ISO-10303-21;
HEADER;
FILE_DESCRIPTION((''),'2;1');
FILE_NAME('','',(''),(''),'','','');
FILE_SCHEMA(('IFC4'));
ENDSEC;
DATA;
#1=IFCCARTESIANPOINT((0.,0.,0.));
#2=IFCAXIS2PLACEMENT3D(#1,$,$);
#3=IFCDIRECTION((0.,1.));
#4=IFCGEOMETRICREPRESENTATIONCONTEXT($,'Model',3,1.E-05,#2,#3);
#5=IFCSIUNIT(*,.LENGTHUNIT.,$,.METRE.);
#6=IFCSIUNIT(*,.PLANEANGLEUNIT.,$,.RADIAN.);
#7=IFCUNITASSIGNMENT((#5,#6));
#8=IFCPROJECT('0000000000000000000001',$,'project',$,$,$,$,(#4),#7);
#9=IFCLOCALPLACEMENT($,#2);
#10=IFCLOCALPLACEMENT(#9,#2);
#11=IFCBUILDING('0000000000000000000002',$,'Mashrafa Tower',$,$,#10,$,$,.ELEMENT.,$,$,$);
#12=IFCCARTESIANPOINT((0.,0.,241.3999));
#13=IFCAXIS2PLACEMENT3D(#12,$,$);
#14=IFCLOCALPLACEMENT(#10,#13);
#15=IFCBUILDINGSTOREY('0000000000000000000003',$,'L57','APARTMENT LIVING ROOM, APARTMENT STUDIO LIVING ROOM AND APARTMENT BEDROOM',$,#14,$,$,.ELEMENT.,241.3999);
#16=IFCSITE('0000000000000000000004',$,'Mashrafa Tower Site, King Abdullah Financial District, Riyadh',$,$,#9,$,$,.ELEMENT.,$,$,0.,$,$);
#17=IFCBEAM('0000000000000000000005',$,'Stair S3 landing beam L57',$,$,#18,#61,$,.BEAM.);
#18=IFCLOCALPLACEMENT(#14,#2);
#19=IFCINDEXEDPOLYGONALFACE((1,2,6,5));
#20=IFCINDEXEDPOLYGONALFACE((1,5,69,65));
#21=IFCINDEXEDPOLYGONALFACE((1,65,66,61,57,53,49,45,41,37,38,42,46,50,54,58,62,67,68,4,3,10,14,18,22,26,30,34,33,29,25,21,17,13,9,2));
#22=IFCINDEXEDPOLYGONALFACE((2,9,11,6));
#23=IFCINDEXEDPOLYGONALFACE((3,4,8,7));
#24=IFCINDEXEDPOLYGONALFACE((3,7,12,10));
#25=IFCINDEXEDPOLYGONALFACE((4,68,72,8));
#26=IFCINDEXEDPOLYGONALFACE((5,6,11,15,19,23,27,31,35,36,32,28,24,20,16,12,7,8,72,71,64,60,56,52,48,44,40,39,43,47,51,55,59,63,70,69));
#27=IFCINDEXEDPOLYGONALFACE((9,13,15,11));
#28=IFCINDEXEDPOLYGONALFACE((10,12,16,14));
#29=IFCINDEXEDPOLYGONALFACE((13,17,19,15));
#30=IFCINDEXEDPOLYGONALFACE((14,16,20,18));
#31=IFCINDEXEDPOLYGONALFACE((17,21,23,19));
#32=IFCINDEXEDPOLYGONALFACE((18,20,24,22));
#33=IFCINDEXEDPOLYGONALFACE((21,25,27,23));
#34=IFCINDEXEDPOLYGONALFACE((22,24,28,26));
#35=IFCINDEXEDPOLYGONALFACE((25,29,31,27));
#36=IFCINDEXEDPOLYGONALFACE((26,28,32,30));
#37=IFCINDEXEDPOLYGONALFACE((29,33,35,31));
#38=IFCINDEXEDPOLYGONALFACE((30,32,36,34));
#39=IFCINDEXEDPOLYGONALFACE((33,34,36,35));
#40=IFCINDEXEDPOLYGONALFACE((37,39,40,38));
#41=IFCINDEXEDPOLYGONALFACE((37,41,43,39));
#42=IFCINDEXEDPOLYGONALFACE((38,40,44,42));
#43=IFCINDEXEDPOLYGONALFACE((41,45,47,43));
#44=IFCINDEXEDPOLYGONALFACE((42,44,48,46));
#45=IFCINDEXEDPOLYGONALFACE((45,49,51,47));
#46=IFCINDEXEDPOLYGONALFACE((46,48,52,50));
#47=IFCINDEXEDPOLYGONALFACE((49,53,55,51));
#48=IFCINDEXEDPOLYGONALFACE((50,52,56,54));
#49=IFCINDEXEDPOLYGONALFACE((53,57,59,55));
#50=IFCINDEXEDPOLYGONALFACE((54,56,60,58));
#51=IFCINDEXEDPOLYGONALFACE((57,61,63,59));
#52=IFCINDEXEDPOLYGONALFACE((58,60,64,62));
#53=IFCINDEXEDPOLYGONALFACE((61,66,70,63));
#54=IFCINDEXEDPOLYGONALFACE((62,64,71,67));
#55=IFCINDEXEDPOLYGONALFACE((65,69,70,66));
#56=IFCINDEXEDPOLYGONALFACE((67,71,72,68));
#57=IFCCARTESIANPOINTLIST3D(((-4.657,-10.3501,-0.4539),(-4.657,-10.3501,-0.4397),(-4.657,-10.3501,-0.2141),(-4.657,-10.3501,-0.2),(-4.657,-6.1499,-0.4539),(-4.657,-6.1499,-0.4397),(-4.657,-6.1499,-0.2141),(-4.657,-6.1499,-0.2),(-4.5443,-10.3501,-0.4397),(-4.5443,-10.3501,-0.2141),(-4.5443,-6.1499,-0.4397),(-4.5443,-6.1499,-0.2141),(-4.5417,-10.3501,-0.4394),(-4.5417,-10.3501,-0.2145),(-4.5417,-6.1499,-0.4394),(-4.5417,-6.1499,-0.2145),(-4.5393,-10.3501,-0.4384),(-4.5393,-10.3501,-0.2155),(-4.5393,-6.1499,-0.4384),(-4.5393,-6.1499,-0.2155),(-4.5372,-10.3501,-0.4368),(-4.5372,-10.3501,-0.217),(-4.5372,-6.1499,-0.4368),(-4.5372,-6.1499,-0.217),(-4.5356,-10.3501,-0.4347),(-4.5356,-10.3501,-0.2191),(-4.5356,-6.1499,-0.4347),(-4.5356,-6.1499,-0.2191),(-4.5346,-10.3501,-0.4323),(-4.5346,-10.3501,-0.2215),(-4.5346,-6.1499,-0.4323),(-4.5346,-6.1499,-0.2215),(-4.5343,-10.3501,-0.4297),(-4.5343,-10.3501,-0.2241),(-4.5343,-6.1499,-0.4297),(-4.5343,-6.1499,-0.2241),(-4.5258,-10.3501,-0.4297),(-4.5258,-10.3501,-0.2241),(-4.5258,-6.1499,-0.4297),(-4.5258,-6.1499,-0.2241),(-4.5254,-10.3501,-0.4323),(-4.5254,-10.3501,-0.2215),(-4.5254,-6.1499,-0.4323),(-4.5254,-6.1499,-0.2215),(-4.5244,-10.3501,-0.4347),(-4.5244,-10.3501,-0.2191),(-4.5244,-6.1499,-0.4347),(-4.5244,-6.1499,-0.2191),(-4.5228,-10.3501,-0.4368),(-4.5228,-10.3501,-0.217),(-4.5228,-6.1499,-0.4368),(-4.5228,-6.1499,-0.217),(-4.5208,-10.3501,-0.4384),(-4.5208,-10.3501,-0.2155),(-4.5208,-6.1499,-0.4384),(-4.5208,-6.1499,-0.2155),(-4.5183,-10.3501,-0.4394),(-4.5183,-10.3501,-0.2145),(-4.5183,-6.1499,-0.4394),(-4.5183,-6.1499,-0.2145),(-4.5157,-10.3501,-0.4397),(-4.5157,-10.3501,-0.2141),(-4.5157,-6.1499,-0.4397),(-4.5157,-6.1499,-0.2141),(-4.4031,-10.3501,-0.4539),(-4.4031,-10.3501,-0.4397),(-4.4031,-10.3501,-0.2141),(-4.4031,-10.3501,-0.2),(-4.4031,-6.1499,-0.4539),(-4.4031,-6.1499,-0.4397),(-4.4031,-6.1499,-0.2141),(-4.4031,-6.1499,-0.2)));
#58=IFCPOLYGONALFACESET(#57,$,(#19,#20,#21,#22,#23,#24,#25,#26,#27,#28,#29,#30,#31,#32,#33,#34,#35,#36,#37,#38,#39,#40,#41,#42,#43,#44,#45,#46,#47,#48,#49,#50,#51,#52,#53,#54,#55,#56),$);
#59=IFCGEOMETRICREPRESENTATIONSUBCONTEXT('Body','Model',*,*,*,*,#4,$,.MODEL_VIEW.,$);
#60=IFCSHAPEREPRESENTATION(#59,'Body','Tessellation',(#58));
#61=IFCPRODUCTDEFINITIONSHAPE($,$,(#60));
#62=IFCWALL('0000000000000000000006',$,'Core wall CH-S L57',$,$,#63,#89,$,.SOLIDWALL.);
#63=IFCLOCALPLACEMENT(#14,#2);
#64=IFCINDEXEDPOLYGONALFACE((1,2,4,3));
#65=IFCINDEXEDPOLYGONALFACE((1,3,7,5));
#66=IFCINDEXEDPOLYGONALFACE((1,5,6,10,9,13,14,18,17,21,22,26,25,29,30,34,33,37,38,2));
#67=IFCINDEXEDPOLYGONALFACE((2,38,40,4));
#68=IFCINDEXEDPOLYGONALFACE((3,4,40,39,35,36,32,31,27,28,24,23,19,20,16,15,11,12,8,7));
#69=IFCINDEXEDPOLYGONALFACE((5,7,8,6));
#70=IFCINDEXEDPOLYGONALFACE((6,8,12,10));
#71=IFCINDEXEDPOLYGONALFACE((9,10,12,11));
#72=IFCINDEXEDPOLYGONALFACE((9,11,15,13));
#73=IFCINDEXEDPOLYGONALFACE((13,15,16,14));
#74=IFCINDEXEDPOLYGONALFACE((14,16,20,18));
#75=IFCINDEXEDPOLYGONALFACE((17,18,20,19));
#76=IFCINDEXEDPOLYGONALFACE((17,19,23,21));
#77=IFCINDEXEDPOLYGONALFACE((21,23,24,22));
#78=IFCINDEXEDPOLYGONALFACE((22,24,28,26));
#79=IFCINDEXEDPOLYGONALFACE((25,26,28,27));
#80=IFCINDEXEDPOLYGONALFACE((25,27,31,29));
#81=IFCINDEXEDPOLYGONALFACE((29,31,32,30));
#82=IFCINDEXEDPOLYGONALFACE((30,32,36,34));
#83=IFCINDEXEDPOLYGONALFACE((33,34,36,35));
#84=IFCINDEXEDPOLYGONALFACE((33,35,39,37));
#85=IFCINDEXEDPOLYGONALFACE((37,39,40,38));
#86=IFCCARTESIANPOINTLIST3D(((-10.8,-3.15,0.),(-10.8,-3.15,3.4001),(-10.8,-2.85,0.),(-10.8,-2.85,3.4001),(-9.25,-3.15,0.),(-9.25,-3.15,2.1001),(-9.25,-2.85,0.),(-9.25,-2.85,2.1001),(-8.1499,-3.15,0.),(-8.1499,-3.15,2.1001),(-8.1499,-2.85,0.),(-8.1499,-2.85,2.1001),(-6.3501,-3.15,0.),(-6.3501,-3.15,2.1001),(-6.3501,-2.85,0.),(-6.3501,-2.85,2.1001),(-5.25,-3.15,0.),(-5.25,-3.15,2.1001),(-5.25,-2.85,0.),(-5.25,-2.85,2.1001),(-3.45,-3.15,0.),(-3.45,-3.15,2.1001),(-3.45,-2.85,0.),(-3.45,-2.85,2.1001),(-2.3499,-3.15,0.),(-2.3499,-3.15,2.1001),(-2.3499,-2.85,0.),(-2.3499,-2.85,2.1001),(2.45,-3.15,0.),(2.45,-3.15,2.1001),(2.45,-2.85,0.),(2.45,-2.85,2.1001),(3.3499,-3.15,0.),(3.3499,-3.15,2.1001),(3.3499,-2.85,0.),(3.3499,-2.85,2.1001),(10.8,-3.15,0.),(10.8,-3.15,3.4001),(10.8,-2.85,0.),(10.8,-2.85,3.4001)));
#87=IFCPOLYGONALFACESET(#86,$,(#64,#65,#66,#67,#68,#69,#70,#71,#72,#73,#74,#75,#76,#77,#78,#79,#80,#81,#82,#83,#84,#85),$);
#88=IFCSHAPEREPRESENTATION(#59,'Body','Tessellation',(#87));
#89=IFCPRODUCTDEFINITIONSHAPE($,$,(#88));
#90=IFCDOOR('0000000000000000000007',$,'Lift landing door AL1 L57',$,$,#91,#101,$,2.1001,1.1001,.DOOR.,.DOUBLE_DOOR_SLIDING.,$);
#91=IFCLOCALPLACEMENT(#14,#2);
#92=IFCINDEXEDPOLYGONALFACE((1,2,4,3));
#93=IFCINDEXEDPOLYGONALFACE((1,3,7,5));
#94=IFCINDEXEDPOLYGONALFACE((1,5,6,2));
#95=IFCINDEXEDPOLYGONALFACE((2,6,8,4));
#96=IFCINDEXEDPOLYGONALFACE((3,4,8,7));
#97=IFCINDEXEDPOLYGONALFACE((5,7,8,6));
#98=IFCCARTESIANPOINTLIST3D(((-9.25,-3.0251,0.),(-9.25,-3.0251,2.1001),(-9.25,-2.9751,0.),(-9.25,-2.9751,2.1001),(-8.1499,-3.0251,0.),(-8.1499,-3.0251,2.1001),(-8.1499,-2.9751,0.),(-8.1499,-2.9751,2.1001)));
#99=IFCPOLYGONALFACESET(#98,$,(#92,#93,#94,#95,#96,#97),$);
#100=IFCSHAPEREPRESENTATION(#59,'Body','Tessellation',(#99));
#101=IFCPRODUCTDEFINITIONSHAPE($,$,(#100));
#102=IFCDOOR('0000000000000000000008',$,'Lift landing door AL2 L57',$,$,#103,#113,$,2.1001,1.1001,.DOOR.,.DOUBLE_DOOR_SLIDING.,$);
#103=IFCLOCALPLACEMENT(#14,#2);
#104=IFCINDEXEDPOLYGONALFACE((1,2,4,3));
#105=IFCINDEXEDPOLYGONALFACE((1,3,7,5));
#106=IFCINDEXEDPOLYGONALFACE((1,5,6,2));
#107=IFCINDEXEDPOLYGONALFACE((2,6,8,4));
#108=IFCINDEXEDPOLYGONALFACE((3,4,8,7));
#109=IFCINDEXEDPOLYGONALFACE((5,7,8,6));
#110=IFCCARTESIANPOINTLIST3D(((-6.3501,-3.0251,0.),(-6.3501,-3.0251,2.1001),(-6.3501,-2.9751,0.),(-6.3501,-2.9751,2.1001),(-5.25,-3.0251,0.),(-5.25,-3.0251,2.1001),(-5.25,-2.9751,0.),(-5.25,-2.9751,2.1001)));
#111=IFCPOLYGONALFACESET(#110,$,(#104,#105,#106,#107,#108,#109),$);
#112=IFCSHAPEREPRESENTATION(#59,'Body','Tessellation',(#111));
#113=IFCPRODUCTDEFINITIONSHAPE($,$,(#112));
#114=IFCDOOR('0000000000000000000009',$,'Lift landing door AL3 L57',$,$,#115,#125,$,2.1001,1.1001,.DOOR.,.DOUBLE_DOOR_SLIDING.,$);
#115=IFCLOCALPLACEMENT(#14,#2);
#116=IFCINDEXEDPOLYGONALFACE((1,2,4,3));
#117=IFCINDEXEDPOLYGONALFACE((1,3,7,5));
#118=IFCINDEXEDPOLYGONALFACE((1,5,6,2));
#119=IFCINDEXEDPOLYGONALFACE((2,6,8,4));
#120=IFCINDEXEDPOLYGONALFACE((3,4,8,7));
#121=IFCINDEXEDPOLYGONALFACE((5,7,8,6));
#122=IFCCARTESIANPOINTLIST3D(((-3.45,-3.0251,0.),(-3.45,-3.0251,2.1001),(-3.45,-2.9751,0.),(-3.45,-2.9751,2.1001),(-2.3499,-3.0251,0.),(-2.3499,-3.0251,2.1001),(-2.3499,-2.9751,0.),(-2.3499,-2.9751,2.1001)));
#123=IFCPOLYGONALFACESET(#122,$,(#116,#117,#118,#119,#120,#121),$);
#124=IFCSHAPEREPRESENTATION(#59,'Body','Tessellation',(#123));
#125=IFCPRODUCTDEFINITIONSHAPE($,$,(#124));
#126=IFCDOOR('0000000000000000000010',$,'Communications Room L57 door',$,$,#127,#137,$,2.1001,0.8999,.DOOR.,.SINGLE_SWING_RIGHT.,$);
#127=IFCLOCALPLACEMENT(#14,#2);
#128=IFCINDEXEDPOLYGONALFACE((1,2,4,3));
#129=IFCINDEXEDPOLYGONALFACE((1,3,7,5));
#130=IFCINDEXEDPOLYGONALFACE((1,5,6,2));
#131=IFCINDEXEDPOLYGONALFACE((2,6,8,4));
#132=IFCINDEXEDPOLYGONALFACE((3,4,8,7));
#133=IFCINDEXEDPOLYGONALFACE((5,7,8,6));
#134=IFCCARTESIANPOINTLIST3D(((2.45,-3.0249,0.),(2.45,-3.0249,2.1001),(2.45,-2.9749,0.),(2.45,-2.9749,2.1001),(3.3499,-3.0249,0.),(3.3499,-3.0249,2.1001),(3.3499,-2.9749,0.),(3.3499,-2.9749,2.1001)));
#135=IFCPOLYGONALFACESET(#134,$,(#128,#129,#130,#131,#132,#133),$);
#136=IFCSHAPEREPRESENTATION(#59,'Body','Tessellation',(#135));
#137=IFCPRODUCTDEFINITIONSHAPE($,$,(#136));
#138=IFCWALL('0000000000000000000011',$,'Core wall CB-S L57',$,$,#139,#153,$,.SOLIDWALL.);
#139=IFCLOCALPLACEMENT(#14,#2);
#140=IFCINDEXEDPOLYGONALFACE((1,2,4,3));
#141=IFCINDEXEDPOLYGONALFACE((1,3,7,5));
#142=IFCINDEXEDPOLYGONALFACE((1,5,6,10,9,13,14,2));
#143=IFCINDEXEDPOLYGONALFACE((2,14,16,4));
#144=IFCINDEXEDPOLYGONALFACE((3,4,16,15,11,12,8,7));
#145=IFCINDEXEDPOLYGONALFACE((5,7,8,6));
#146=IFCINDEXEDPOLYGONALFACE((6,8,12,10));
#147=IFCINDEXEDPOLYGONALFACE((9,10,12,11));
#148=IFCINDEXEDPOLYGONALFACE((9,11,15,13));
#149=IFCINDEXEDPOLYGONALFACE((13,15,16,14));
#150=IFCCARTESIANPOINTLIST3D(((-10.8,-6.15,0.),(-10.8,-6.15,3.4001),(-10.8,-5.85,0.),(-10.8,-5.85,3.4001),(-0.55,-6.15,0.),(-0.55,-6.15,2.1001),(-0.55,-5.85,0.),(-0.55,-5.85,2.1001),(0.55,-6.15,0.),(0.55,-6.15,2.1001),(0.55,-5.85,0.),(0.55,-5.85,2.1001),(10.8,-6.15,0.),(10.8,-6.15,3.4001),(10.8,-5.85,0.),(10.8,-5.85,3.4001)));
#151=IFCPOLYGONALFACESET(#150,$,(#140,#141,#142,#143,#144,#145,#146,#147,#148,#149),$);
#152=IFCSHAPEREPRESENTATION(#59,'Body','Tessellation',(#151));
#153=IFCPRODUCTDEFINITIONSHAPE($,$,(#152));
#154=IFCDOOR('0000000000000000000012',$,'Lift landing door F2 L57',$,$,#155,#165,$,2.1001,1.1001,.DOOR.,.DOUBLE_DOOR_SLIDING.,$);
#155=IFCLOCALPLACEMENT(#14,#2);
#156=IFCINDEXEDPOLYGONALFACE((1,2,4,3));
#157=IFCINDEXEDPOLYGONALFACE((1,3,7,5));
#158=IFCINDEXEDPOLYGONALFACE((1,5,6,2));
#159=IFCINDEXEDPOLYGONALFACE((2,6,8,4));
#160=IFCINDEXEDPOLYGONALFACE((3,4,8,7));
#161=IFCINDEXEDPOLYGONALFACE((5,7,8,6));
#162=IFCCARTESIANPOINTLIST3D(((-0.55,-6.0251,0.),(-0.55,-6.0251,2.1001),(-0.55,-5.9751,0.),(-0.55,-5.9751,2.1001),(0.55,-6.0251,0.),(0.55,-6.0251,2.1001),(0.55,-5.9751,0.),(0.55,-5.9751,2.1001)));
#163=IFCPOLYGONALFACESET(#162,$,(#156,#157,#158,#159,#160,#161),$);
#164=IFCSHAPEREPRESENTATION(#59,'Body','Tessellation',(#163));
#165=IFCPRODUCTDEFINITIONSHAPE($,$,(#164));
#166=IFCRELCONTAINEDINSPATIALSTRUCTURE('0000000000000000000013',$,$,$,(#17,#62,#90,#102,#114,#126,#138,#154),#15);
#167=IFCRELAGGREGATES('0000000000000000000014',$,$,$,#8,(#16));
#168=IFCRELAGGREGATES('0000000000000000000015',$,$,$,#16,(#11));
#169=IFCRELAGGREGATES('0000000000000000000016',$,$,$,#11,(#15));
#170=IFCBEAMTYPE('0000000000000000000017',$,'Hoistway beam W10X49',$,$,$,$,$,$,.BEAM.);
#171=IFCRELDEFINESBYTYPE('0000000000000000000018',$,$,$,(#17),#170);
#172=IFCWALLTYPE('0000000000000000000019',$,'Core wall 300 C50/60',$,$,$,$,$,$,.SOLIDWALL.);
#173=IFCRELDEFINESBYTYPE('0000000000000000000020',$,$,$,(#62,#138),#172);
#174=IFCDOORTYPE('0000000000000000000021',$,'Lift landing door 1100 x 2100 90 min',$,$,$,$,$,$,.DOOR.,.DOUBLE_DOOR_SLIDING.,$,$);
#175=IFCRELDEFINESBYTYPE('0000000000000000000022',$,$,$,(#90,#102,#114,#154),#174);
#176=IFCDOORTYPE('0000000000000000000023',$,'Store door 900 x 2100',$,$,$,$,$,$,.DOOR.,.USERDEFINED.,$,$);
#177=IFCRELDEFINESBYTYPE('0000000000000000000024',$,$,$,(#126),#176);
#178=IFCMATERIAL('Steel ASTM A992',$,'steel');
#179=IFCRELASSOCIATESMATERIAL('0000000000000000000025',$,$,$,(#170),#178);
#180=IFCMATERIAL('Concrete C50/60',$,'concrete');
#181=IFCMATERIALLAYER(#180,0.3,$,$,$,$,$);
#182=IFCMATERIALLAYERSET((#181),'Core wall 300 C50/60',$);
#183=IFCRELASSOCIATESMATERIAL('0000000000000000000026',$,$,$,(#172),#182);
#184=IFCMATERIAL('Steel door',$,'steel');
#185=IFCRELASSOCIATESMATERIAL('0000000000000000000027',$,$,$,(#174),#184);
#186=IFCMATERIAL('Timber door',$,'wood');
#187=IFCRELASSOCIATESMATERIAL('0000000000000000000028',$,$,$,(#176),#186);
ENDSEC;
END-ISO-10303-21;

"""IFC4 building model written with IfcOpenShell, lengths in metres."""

from ifc_helpers import new_model, si_unit, direction, frame, frame_2d, origin, origin_2d, place, context, subcontext, project, spatial, rectangle, i_section, extrude, material, layer, layer_set, material_profile, profile_set, type_object, element, fill, save


model = new_model("IFC4")

# Units and contexts
model_context = context("Model", 3, precision=1e-05, world=origin(), true_north=direction((0.0, 1.0)))
body_context = subcontext(model_context, "Body", "Model", "MODEL_VIEW")
ifc_project = project(units=[si_unit("LENGTHUNIT", "METRE"), si_unit("PLANEANGLEUNIT", "RADIAN")], contexts=[model_context])

# Site, building, storey
site_placement = place(None, origin())
site = spatial("IfcSite", under=ifc_project, at=site_placement, Name="Mashrafa Tower Site, King Abdullah Financial District, Riyadh", CompositionType="ELEMENT", RefElevation=0.0)
building_placement = place(site_placement, origin())
building = spatial("IfcBuilding", under=site, at=building_placement, Name="Mashrafa Tower", CompositionType="ELEMENT")
storey_placement = place(building_placement, frame((0.0, 0.0, 241.3999)))
storey = spatial("IfcBuildingStorey", under=building, at=storey_placement, Name="L57", Description="APARTMENT LIVING ROOM, APARTMENT STUDIO LIVING ROOM AND APARTMENT BEDROOM", CompositionType="ELEMENT", Elevation=241.3999)

# Beam
ifc_material_1 = material(Name="Steel ASTM A992", Category="steel")
ifc_material_profile_1 = material_profile(ifc_material_1, i_section(OverallWidth=0.2539, OverallDepth=0.2539, WebThickness=0.0085, FlangeThickness=0.0142, FilletRadius=0.01, at=origin_2d()), Name="W10X49")
ifc_profile_set_1 = profile_set([ifc_material_profile_1], Name="Steel ASTM A992")
beam_type_1 = type_object("IfcBeamType", Name="Hoistway beam W10X49", PredefinedType="BEAM", material=ifc_profile_set_1)
beam_1_placement = place(storey_placement, frame((-4.53, -10.3501, -0.3269), z_axis=(0.0, 1.0, 0.0), x_axis=(-1.0, 0.0, 0.0)))
element("IfcBeam", 1, at=beam_1_placement, inside=storey, type_object=beam_type_1, Name="Stair S3 landing beam L57", PredefinedType="BEAM", context=body_context, shape_type="SweptSolid", body=[
    extrude(i_section(OverallWidth=0.2539, OverallDepth=0.2539, WebThickness=0.0085, FlangeThickness=0.0142, FilletRadius=0.01, at=origin_2d()), origin(), (0.0, 0.0, 1.0), 4.2002),
])

# Wall, openings, doors
ifc_material_2 = material(Name="Concrete C50/60", Category="concrete")
ifc_layer_1 = layer(ifc_material_2, 0.3)
ifc_layer_set_1 = layer_set([ifc_layer_1], Name="Core wall 300 C50/60")
wall_type_1 = type_object("IfcWallType", Name="Core wall 300 C50/60", PredefinedType="SOLIDWALL", material=ifc_layer_set_1)
wall_1_placement = place(storey_placement, frame((-10.8, -3.0, 0.0), z_axis=(0.0, 0.0, 1.0), x_axis=(1.0, 0.0, 0.0)))
wall_1 = element("IfcWall", 2, at=wall_1_placement, inside=storey, type_object=wall_type_1, Name="Core wall CH-S L57", PredefinedType="SOLIDWALL", context=body_context, shape_type="SweptSolid", body=[
    extrude(rectangle(XDim=21.6001, YDim=0.3, at=frame_2d((10.8, 0.0))), origin(), (0.0, 0.0, 1.0), 3.4001),
])
opening_1_placement = place(wall_1_placement, frame((13.25, 0.0, 0.0)))
opening_1 = element("IfcOpeningElement", 3, at=opening_1_placement, cuts=wall_1, PredefinedType="OPENING", context=body_context, shape_type="SweptSolid", body=[
    extrude(rectangle(XDim=0.8999, YDim=2.1001, at=frame_2d((0.45, 1.05))), frame((0.0, 0.1599, 0.0), z_axis=(0.0, -1.0, 0.0), x_axis=(1.0, 0.0, 0.0)), (0.0, 0.0, 1.0), 0.3201),
])
opening_2_placement = place(wall_1_placement, frame((1.55, 0.0, 0.0)))
opening_2 = element("IfcOpeningElement", 4, at=opening_2_placement, cuts=wall_1, PredefinedType="OPENING", context=body_context, shape_type="SweptSolid", body=[
    extrude(rectangle(XDim=1.1001, YDim=2.1001, at=frame_2d((0.55, 1.05))), frame((0.0, 0.1599, 0.0), z_axis=(0.0, -1.0, 0.0), x_axis=(1.0, 0.0, 0.0)), (0.0, 0.0, 1.0), 0.3201),
])
opening_3_placement = place(wall_1_placement, frame((4.45, 0.0, 0.0)))
opening_3 = element("IfcOpeningElement", 5, at=opening_3_placement, cuts=wall_1, PredefinedType="OPENING", context=body_context, shape_type="SweptSolid", body=[
    extrude(rectangle(XDim=1.1001, YDim=2.1001, at=frame_2d((0.55, 1.05))), frame((0.0, 0.1599, 0.0), z_axis=(0.0, -1.0, 0.0), x_axis=(1.0, 0.0, 0.0)), (0.0, 0.0, 1.0), 0.3201),
])
opening_4_placement = place(wall_1_placement, frame((7.3501, 0.0, 0.0)))
opening_4 = element("IfcOpeningElement", 6, at=opening_4_placement, cuts=wall_1, PredefinedType="OPENING", context=body_context, shape_type="SweptSolid", body=[
    extrude(rectangle(XDim=1.1001, YDim=2.1001, at=frame_2d((0.55, 1.05))), frame((0.0, 0.1599, 0.0), z_axis=(0.0, -1.0, 0.0), x_axis=(1.0, 0.0, 0.0)), (0.0, 0.0, 1.0), 0.3201),
])
ifc_material_3 = material(Name="Steel door", Category="steel")
door_type_1 = type_object("IfcDoorType", Name="Lift landing door 1100 x 2100 90 min", OperationType="DOUBLE_DOOR_SLIDING", PredefinedType="DOOR", material=ifc_material_3)
door_1_placement = place(opening_2_placement, origin())
door_1 = element("IfcDoor", 7, at=door_1_placement, inside=storey, type_object=door_type_1, Name="Lift landing door AL1 L57", OperationType="DOUBLE_DOOR_SLIDING", OverallHeight=2.1001, OverallWidth=1.1001, PredefinedType="DOOR", context=body_context, shape_type="SweptSolid", body=[
    extrude(rectangle(XDim=1.1001, YDim=2.1001, at=frame_2d((0.55, 1.05))), frame((0.0, 0.0249, 0.0), z_axis=(0.0, -1.0, 0.0), x_axis=(1.0, 0.0, 0.0)), (0.0, 0.0, 1.0), 0.05),
])
fill(opening_2, door_1)
door_2_placement = place(opening_3_placement, origin())
door_2 = element("IfcDoor", 8, at=door_2_placement, inside=storey, type_object=door_type_1, Name="Lift landing door AL2 L57", OperationType="DOUBLE_DOOR_SLIDING", OverallHeight=2.1001, OverallWidth=1.1001, PredefinedType="DOOR", context=body_context, shape_type="SweptSolid", body=[
    extrude(rectangle(XDim=1.1001, YDim=2.1001, at=frame_2d((0.55, 1.05))), frame((0.0, 0.0249, 0.0), z_axis=(0.0, -1.0, 0.0), x_axis=(1.0, 0.0, 0.0)), (0.0, 0.0, 1.0), 0.05),
])
fill(opening_3, door_2)
door_3_placement = place(opening_4_placement, origin())
door_3 = element("IfcDoor", 9, at=door_3_placement, inside=storey, type_object=door_type_1, Name="Lift landing door AL3 L57", OperationType="DOUBLE_DOOR_SLIDING", OverallHeight=2.1001, OverallWidth=1.1001, PredefinedType="DOOR", context=body_context, shape_type="SweptSolid", body=[
    extrude(rectangle(XDim=1.1001, YDim=2.1001, at=frame_2d((0.55, 1.05))), frame((0.0, 0.0249, 0.0), z_axis=(0.0, -1.0, 0.0), x_axis=(1.0, 0.0, 0.0)), (0.0, 0.0, 1.0), 0.05),
])
fill(opening_4, door_3)
ifc_material_4 = material(Name="Timber door", Category="wood")
door_type_2 = type_object("IfcDoorType", Name="Store door 900 x 2100", OperationType="USERDEFINED", PredefinedType="DOOR", material=ifc_material_4)
door_4_placement = place(opening_1_placement, frame((0.8999, 0.0, 0.0), z_axis=(0.0, 0.0, 1.0), x_axis=(-1.0, 0.0, 0.0)))
door_4 = element("IfcDoor", 10, at=door_4_placement, inside=storey, type_object=door_type_2, Name="Communications Room L57 door", OperationType="SINGLE_SWING_RIGHT", OverallHeight=2.1001, OverallWidth=0.8999, PredefinedType="DOOR", context=body_context, shape_type="SweptSolid", body=[
    extrude(rectangle(XDim=0.8999, YDim=2.1001, at=frame_2d((0.45, 1.05))), frame((0.0, 0.0249, 0.0), z_axis=(0.0, -1.0, 0.0), x_axis=(1.0, 0.0, 0.0)), (0.0, 0.0, 1.0), 0.05),
])
fill(opening_1, door_4)

# Wall, opening, door
wall_2_placement = place(storey_placement, frame((-10.8, -6.0, 0.0), z_axis=(0.0, 0.0, 1.0), x_axis=(1.0, 0.0, 0.0)))
wall_2 = element("IfcWall", 11, at=wall_2_placement, inside=storey, type_object=wall_type_1, Name="Core wall CB-S L57", PredefinedType="SOLIDWALL", context=body_context, shape_type="SweptSolid", body=[
    extrude(rectangle(XDim=21.6001, YDim=0.3, at=frame_2d((10.8, 0.0))), origin(), (0.0, 0.0, 1.0), 3.4001),
])
opening_5_placement = place(wall_2_placement, frame((10.25, 0.0, 0.0)))
opening_5 = element("IfcOpeningElement", 12, at=opening_5_placement, cuts=wall_2, PredefinedType="OPENING", context=body_context, shape_type="SweptSolid", body=[
    extrude(rectangle(XDim=1.1001, YDim=2.1001, at=frame_2d((0.55, 1.05))), frame((0.0, 0.1599, 0.0), z_axis=(0.0, -1.0, 0.0), x_axis=(1.0, 0.0, 0.0)), (0.0, 0.0, 1.0), 0.3201),
])
door_5_placement = place(opening_5_placement, origin())
door_5 = element("IfcDoor", 13, at=door_5_placement, inside=storey, type_object=door_type_1, Name="Lift landing door F2 L57", OperationType="DOUBLE_DOOR_SLIDING", OverallHeight=2.1001, OverallWidth=1.1001, PredefinedType="DOOR", context=body_context, shape_type="SweptSolid", body=[
    extrude(rectangle(XDim=1.1001, YDim=2.1001, at=frame_2d((0.55, 1.05))), frame((0.0, 0.0249, 0.0), z_axis=(0.0, -1.0, 0.0), x_axis=(1.0, 0.0, 0.0)), (0.0, 0.0, 1.0), 0.05),
])
fill(opening_5, door_5)

save(model, "model.ifc")
